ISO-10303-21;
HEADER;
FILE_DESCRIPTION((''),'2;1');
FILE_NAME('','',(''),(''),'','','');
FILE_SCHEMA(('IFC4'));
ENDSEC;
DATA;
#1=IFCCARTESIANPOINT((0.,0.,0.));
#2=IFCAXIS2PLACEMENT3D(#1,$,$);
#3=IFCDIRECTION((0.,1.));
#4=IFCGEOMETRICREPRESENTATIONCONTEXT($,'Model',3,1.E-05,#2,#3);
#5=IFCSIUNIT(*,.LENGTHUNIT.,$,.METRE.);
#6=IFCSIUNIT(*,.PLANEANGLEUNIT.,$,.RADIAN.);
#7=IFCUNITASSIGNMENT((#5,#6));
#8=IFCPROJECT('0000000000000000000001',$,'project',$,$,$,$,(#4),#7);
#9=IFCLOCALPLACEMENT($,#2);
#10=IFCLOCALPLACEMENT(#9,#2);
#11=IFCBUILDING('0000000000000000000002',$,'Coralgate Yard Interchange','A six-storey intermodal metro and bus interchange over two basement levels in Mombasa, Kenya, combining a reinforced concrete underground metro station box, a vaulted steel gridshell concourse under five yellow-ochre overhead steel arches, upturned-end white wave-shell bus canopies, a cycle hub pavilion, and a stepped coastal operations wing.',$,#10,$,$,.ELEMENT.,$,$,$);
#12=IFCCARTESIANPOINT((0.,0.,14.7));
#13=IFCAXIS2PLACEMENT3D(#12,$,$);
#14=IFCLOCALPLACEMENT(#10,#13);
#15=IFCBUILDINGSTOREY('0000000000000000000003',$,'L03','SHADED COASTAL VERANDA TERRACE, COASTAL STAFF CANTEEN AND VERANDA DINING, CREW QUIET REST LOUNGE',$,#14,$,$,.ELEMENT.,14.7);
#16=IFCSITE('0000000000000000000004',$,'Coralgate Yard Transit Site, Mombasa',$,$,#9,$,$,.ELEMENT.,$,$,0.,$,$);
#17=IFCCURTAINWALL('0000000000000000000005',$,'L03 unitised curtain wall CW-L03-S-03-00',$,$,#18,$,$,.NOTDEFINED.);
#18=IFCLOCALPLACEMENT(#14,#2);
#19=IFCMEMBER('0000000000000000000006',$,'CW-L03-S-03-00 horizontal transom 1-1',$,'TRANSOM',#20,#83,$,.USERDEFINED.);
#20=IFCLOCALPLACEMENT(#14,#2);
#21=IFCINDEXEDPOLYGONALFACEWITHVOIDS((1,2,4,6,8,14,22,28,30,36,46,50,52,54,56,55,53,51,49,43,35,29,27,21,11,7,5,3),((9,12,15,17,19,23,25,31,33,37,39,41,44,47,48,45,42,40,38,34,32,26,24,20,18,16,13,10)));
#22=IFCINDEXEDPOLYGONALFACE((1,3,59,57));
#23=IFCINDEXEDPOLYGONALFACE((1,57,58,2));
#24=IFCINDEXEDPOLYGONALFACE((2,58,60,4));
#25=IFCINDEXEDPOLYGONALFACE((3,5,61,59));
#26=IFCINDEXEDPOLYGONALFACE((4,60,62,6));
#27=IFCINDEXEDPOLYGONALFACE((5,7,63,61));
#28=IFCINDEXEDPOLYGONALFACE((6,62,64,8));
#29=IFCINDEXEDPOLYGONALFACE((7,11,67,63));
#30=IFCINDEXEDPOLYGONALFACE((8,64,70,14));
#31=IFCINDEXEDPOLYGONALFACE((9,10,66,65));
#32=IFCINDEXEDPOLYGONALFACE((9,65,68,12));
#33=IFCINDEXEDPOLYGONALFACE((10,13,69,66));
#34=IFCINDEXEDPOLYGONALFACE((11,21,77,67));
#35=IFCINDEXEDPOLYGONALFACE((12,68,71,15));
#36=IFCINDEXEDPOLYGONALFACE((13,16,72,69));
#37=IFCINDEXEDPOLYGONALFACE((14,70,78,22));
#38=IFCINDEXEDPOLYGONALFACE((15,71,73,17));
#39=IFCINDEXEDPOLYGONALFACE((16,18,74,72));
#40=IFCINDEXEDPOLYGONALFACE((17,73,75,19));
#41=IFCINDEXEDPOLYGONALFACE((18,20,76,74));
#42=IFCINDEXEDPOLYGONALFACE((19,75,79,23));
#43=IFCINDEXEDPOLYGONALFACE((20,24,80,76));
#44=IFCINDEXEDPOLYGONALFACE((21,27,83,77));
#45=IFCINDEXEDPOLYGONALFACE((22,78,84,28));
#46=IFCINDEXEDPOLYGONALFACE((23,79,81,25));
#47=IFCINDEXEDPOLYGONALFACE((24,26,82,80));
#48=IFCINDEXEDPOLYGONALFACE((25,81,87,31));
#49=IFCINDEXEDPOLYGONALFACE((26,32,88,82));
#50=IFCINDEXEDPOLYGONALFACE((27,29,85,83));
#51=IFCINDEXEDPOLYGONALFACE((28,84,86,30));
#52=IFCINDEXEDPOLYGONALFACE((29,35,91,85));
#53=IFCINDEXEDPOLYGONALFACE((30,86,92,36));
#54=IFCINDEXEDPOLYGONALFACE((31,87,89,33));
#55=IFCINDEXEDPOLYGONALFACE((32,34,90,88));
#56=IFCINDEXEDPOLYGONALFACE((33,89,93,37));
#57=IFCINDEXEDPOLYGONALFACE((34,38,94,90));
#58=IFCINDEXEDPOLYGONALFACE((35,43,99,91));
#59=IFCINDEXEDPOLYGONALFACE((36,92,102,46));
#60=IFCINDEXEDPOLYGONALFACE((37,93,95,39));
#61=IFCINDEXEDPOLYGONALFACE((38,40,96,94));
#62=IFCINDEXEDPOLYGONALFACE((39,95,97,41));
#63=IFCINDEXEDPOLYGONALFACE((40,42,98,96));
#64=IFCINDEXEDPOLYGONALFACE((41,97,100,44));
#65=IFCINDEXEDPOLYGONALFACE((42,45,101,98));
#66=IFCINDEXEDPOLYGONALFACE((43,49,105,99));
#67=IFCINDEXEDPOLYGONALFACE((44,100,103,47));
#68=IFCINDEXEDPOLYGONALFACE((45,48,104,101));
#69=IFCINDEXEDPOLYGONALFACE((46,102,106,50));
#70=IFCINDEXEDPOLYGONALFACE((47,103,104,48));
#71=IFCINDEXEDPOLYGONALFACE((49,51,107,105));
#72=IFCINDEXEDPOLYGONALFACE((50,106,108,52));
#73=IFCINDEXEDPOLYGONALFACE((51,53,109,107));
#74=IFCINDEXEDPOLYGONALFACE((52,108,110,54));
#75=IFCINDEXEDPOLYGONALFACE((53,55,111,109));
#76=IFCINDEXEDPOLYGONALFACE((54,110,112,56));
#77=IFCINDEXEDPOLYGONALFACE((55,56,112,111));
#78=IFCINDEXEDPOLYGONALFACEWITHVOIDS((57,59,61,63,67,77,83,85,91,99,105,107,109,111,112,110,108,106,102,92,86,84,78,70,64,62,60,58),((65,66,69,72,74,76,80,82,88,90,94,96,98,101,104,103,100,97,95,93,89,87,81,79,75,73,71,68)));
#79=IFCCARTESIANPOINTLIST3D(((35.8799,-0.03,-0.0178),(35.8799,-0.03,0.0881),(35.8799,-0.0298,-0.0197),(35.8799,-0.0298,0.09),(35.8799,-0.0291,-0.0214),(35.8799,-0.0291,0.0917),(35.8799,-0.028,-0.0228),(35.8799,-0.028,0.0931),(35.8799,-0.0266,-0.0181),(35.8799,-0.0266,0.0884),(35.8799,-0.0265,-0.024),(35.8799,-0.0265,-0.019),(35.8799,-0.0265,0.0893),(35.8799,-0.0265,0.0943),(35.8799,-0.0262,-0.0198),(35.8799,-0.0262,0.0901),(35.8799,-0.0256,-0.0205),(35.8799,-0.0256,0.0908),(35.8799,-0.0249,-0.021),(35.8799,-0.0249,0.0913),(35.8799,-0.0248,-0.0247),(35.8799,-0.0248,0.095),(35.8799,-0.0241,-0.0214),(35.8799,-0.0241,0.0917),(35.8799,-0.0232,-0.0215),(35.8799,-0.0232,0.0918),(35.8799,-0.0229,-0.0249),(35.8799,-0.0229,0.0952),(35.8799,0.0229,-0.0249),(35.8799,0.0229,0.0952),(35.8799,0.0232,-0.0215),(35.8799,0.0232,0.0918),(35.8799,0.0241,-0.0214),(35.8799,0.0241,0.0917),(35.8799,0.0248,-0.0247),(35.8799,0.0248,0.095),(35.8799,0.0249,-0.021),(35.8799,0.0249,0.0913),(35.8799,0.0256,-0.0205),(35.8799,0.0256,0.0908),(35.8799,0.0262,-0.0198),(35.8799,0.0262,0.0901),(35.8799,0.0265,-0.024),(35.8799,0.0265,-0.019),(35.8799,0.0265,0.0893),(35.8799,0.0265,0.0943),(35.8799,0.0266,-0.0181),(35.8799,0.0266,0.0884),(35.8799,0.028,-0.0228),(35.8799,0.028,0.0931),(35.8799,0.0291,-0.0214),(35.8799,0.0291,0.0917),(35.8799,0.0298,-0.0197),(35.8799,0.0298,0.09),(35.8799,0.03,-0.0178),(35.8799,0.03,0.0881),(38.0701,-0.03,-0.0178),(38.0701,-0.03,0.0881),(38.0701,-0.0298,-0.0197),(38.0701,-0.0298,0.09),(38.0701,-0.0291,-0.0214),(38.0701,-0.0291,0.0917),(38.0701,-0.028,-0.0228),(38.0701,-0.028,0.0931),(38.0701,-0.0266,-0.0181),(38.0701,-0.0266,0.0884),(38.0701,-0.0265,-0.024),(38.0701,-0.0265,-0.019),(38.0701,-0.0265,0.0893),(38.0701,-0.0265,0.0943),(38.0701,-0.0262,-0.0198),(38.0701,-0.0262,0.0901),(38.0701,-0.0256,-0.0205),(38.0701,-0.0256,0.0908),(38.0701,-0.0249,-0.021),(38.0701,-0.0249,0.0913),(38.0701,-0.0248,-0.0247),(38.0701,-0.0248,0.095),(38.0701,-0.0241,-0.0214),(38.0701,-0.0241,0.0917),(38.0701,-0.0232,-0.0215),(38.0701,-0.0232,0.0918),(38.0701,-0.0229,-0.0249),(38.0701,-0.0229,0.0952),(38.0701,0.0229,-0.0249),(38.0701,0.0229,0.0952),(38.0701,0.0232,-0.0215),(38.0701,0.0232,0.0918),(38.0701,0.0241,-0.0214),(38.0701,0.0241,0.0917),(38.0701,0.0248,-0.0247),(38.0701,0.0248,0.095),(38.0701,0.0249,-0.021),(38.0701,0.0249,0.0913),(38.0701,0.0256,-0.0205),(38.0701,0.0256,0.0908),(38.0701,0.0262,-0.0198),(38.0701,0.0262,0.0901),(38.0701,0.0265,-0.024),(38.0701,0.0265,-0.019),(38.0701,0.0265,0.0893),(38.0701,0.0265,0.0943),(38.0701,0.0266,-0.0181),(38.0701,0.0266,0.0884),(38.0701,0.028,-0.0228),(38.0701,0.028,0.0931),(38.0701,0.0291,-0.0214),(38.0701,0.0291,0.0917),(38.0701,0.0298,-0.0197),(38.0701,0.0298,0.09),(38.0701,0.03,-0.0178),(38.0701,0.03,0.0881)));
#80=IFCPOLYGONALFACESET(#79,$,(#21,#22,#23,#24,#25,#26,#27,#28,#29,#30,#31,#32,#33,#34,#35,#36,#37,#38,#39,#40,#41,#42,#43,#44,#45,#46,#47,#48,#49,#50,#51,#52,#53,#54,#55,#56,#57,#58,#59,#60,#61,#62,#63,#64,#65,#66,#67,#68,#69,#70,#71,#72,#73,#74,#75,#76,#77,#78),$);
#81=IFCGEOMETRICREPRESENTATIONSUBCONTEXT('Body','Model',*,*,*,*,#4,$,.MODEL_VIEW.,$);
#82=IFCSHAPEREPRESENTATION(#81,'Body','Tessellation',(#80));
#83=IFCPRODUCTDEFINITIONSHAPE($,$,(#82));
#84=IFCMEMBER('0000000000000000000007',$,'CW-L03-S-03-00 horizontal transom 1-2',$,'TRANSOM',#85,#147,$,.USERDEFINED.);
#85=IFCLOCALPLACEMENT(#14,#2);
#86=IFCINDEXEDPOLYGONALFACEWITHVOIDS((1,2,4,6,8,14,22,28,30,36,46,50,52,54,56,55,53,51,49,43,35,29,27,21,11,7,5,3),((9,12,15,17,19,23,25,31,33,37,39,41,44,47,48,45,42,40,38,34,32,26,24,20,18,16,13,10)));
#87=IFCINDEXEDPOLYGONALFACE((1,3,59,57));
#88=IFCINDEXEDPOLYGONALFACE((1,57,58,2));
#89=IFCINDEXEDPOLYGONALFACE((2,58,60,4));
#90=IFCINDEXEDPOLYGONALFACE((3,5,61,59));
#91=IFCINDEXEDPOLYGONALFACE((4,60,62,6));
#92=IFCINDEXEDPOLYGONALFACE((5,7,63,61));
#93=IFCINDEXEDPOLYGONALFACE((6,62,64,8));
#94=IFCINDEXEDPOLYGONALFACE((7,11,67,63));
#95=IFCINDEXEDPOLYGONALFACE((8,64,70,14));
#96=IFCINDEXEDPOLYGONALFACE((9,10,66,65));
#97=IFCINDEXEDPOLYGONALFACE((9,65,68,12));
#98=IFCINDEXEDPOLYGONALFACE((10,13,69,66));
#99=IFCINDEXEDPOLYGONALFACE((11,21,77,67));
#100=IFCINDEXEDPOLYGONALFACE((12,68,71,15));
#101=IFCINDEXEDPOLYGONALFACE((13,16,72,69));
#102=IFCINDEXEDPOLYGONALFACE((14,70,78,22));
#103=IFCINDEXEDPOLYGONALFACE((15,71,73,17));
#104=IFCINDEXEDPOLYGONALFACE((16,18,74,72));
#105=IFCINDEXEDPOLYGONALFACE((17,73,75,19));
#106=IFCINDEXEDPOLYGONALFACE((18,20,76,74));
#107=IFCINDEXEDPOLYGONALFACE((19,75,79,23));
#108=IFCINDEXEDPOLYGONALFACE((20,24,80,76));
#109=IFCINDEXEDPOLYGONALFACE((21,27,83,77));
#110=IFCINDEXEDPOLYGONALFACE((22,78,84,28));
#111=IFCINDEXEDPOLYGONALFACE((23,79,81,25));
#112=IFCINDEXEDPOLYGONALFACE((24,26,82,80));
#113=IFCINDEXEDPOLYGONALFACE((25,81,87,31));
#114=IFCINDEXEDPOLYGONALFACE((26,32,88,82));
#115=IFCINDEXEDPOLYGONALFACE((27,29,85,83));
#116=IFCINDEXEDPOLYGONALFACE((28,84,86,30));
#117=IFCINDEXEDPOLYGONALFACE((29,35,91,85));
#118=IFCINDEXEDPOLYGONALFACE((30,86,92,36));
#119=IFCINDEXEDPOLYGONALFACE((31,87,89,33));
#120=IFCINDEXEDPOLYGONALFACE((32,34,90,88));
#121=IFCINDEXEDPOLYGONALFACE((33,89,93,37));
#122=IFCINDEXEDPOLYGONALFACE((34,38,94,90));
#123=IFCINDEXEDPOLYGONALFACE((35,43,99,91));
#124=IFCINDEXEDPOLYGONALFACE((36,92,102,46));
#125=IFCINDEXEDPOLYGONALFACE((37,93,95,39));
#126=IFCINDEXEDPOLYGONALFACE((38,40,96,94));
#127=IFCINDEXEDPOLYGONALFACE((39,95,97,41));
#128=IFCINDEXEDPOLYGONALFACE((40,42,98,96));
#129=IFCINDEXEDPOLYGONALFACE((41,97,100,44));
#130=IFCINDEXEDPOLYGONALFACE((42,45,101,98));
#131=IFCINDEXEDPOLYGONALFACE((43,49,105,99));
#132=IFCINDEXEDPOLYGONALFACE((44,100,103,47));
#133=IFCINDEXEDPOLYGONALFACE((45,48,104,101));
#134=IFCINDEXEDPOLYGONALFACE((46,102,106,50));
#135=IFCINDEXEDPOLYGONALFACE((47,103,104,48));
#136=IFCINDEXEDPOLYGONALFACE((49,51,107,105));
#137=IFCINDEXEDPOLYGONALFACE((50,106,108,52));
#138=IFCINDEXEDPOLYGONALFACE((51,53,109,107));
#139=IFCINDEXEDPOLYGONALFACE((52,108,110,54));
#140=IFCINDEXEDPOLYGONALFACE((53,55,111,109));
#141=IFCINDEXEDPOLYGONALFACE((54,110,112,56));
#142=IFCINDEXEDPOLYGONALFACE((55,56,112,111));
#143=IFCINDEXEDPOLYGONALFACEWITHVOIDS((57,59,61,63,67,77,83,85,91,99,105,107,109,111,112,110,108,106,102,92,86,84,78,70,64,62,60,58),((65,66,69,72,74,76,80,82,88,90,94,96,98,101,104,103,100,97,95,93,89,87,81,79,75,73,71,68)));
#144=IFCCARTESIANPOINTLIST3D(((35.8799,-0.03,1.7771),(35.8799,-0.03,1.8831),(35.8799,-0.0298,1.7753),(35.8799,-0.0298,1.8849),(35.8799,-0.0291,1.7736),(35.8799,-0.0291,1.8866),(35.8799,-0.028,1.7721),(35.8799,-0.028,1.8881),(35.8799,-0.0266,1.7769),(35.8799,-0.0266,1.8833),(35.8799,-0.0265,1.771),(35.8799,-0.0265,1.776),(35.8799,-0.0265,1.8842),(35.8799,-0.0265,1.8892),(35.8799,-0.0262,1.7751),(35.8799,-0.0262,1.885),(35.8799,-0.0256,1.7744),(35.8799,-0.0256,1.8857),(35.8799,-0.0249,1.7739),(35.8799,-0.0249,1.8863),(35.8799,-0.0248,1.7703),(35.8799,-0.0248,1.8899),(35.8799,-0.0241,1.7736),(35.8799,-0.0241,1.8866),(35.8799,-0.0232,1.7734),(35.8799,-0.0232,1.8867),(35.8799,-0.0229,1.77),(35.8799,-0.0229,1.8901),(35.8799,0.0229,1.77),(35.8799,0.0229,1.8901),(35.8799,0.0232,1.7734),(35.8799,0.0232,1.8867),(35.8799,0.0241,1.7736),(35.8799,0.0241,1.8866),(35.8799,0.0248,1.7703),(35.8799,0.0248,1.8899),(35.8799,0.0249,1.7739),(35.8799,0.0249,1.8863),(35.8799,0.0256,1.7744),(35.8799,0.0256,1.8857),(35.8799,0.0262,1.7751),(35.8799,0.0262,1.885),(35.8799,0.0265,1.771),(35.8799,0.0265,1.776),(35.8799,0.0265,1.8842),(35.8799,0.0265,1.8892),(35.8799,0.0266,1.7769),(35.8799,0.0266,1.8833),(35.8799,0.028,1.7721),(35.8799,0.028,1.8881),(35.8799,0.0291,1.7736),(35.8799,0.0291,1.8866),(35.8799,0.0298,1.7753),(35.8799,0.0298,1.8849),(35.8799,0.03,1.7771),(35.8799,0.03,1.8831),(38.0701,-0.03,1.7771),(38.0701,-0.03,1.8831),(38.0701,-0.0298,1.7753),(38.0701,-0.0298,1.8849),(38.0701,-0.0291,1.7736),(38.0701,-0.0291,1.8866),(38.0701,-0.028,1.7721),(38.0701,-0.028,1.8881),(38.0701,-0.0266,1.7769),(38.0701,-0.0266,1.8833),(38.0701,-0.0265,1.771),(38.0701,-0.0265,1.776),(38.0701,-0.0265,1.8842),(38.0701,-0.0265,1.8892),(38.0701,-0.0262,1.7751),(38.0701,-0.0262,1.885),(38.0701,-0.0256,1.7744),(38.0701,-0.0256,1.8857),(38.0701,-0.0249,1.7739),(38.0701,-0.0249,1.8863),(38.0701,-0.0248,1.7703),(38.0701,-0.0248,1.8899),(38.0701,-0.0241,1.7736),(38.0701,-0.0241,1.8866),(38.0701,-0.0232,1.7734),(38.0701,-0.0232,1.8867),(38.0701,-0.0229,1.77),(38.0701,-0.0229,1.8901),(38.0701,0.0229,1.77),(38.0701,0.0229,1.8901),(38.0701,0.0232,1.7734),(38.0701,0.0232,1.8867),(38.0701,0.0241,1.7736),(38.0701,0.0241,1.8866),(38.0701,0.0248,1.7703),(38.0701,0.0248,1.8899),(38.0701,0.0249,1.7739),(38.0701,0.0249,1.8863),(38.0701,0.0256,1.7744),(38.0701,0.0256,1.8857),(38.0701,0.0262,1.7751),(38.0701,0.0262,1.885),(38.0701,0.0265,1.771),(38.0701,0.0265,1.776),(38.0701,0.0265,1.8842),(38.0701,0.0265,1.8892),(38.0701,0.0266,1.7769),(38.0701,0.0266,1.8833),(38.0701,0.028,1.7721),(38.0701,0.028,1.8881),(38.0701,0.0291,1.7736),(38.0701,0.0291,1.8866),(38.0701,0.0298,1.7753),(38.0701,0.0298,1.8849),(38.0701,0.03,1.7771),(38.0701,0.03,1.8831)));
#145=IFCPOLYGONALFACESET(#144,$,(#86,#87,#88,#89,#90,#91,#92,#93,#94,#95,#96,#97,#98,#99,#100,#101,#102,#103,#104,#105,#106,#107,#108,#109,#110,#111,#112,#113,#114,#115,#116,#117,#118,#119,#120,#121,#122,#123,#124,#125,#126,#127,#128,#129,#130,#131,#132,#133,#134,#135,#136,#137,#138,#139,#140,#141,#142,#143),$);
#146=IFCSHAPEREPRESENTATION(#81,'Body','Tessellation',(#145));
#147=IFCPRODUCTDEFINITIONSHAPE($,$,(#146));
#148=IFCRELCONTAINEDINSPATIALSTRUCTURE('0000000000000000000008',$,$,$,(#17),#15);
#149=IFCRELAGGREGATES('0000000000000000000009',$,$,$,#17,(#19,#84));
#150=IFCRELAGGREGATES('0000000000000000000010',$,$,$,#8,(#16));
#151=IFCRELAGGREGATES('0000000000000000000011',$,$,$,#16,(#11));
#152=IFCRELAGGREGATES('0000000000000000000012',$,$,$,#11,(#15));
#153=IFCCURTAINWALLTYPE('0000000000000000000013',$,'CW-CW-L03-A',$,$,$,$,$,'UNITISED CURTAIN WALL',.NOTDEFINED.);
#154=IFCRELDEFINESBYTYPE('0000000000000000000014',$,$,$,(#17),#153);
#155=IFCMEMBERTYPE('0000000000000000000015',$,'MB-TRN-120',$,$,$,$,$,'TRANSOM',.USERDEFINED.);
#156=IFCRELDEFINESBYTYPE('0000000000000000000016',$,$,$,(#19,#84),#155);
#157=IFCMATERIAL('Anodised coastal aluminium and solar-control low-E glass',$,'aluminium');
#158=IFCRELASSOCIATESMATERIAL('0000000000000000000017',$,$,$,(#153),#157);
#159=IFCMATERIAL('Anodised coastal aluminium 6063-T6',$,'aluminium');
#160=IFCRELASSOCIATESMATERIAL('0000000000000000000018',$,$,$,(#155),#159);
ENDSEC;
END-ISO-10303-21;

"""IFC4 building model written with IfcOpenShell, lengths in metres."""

from ifc_helpers import new_model, si_unit, direction, frame, origin, origin_2d, place, context, subcontext, project, spatial, hollow_rectangle, extrude, material, material_profile, profile_set, type_object, element, aggregate, save


model = new_model("IFC4")

# Units and contexts
model_context = context("Model", 3, precision=1e-05, world=origin(), true_north=direction((0.0, 1.0)))
body_context = subcontext(model_context, "Body", "Model", "MODEL_VIEW")
ifc_project = project(units=[si_unit("LENGTHUNIT", "METRE"), si_unit("PLANEANGLEUNIT", "RADIAN")], contexts=[model_context])

# Site, building, storey
site_placement = place(None, origin())
site = spatial("IfcSite", under=ifc_project, at=site_placement, Name="Coralgate Yard Transit Site, Mombasa", CompositionType="ELEMENT", RefElevation=0.0)
building_placement = place(site_placement, origin())
building = spatial("IfcBuilding", under=site, at=building_placement, Name="Coralgate Yard Interchange", Description="A six-storey intermodal metro and bus interchange over two basement levels in Mombasa, Kenya, combining a reinforced concrete underground metro station box, a vaulted steel gridshell concourse under five yellow-ochre overhead steel arches, upturned-end white wave-shell bus canopies, a cycle hub pavilion, and a stepped coastal operations wing.", CompositionType="ELEMENT")
storey_placement = place(building_placement, frame((0.0, 0.0, 14.7)))
storey = spatial("IfcBuildingStorey", under=building, at=storey_placement, Name="L03", Description="SHADED COASTAL VERANDA TERRACE, COASTAL STAFF CANTEEN AND VERANDA DINING, CREW QUIET REST LOUNGE", CompositionType="ELEMENT", Elevation=14.7)

# Curtain wall
ifc_material_1 = material(Name="Anodised coastal aluminium and solar-control low-E glass", Category="aluminium")
curtain_wall_type = type_object("IfcCurtainWallType", Name="CW-CW-L03-A", ElementType="UNITISED CURTAIN WALL", PredefinedType="NOTDEFINED", material=ifc_material_1)
curtain_wall_1_placement = place(storey_placement, origin())
curtain_wall_1 = element("IfcCurtainWall", 1, at=curtain_wall_1_placement, inside=storey, type_object=curtain_wall_type, Name="L03 unitised curtain wall CW-L03-S-03-00", PredefinedType="NOTDEFINED")
ifc_material_2 = material(Name="Anodised coastal aluminium 6063-T6", Category="aluminium")

# Members
ifc_material_profile_1 = material_profile(ifc_material_2, hollow_rectangle(XDim=0.0601, YDim=0.1201, WallThickness=0.0034, InnerFilletRadius=0.0034, OuterFilletRadius=0.0071, at=origin_2d()), Name="ALU 60x120x3.5")
ifc_profile_set_1 = profile_set([ifc_material_profile_1], Name="Anodised coastal aluminium 6063-T6")
member_type_1 = type_object("IfcMemberType", Name="MB-TRN-120", ElementType="TRANSOM", PredefinedType="USERDEFINED", material=ifc_profile_set_1)
member_1_placement = place(storey_placement, frame((38.0701, 0.0, 0.0352), z_axis=(-1.0, 0.0, 0.0), x_axis=(0.0, -1.0, 0.0)))
member_1 = element("IfcMember", 2, at=member_1_placement, type_object=member_type_1, Name="CW-L03-S-03-00 horizontal transom 1-1", ObjectType="TRANSOM", PredefinedType="USERDEFINED", context=body_context, shape_type="SweptSolid", body=[
    extrude(hollow_rectangle(XDim=0.0601, YDim=0.1201, WallThickness=0.0034, InnerFilletRadius=0.0034, OuterFilletRadius=0.0071, at=origin_2d()), origin(), (0.0, 0.0, 1.0), 2.1902),
])
member_2_placement = place(storey_placement, frame((38.0701, 0.0, 1.8301), z_axis=(-1.0, 0.0, 0.0), x_axis=(0.0, -1.0, 0.0)))
member_2 = element("IfcMember", 3, at=member_2_placement, type_object=member_type_1, Name="CW-L03-S-03-00 horizontal transom 1-2", ObjectType="TRANSOM", PredefinedType="USERDEFINED", context=body_context, shape_type="SweptSolid", body=[
    extrude(hollow_rectangle(XDim=0.0601, YDim=0.1201, WallThickness=0.0034, InnerFilletRadius=0.0034, OuterFilletRadius=0.0071, at=origin_2d()), origin(), (0.0, 0.0, 1.0), 2.1902),
])

aggregate(curtain_wall_1, [member_1, member_2])

save(model, "model.ifc")
